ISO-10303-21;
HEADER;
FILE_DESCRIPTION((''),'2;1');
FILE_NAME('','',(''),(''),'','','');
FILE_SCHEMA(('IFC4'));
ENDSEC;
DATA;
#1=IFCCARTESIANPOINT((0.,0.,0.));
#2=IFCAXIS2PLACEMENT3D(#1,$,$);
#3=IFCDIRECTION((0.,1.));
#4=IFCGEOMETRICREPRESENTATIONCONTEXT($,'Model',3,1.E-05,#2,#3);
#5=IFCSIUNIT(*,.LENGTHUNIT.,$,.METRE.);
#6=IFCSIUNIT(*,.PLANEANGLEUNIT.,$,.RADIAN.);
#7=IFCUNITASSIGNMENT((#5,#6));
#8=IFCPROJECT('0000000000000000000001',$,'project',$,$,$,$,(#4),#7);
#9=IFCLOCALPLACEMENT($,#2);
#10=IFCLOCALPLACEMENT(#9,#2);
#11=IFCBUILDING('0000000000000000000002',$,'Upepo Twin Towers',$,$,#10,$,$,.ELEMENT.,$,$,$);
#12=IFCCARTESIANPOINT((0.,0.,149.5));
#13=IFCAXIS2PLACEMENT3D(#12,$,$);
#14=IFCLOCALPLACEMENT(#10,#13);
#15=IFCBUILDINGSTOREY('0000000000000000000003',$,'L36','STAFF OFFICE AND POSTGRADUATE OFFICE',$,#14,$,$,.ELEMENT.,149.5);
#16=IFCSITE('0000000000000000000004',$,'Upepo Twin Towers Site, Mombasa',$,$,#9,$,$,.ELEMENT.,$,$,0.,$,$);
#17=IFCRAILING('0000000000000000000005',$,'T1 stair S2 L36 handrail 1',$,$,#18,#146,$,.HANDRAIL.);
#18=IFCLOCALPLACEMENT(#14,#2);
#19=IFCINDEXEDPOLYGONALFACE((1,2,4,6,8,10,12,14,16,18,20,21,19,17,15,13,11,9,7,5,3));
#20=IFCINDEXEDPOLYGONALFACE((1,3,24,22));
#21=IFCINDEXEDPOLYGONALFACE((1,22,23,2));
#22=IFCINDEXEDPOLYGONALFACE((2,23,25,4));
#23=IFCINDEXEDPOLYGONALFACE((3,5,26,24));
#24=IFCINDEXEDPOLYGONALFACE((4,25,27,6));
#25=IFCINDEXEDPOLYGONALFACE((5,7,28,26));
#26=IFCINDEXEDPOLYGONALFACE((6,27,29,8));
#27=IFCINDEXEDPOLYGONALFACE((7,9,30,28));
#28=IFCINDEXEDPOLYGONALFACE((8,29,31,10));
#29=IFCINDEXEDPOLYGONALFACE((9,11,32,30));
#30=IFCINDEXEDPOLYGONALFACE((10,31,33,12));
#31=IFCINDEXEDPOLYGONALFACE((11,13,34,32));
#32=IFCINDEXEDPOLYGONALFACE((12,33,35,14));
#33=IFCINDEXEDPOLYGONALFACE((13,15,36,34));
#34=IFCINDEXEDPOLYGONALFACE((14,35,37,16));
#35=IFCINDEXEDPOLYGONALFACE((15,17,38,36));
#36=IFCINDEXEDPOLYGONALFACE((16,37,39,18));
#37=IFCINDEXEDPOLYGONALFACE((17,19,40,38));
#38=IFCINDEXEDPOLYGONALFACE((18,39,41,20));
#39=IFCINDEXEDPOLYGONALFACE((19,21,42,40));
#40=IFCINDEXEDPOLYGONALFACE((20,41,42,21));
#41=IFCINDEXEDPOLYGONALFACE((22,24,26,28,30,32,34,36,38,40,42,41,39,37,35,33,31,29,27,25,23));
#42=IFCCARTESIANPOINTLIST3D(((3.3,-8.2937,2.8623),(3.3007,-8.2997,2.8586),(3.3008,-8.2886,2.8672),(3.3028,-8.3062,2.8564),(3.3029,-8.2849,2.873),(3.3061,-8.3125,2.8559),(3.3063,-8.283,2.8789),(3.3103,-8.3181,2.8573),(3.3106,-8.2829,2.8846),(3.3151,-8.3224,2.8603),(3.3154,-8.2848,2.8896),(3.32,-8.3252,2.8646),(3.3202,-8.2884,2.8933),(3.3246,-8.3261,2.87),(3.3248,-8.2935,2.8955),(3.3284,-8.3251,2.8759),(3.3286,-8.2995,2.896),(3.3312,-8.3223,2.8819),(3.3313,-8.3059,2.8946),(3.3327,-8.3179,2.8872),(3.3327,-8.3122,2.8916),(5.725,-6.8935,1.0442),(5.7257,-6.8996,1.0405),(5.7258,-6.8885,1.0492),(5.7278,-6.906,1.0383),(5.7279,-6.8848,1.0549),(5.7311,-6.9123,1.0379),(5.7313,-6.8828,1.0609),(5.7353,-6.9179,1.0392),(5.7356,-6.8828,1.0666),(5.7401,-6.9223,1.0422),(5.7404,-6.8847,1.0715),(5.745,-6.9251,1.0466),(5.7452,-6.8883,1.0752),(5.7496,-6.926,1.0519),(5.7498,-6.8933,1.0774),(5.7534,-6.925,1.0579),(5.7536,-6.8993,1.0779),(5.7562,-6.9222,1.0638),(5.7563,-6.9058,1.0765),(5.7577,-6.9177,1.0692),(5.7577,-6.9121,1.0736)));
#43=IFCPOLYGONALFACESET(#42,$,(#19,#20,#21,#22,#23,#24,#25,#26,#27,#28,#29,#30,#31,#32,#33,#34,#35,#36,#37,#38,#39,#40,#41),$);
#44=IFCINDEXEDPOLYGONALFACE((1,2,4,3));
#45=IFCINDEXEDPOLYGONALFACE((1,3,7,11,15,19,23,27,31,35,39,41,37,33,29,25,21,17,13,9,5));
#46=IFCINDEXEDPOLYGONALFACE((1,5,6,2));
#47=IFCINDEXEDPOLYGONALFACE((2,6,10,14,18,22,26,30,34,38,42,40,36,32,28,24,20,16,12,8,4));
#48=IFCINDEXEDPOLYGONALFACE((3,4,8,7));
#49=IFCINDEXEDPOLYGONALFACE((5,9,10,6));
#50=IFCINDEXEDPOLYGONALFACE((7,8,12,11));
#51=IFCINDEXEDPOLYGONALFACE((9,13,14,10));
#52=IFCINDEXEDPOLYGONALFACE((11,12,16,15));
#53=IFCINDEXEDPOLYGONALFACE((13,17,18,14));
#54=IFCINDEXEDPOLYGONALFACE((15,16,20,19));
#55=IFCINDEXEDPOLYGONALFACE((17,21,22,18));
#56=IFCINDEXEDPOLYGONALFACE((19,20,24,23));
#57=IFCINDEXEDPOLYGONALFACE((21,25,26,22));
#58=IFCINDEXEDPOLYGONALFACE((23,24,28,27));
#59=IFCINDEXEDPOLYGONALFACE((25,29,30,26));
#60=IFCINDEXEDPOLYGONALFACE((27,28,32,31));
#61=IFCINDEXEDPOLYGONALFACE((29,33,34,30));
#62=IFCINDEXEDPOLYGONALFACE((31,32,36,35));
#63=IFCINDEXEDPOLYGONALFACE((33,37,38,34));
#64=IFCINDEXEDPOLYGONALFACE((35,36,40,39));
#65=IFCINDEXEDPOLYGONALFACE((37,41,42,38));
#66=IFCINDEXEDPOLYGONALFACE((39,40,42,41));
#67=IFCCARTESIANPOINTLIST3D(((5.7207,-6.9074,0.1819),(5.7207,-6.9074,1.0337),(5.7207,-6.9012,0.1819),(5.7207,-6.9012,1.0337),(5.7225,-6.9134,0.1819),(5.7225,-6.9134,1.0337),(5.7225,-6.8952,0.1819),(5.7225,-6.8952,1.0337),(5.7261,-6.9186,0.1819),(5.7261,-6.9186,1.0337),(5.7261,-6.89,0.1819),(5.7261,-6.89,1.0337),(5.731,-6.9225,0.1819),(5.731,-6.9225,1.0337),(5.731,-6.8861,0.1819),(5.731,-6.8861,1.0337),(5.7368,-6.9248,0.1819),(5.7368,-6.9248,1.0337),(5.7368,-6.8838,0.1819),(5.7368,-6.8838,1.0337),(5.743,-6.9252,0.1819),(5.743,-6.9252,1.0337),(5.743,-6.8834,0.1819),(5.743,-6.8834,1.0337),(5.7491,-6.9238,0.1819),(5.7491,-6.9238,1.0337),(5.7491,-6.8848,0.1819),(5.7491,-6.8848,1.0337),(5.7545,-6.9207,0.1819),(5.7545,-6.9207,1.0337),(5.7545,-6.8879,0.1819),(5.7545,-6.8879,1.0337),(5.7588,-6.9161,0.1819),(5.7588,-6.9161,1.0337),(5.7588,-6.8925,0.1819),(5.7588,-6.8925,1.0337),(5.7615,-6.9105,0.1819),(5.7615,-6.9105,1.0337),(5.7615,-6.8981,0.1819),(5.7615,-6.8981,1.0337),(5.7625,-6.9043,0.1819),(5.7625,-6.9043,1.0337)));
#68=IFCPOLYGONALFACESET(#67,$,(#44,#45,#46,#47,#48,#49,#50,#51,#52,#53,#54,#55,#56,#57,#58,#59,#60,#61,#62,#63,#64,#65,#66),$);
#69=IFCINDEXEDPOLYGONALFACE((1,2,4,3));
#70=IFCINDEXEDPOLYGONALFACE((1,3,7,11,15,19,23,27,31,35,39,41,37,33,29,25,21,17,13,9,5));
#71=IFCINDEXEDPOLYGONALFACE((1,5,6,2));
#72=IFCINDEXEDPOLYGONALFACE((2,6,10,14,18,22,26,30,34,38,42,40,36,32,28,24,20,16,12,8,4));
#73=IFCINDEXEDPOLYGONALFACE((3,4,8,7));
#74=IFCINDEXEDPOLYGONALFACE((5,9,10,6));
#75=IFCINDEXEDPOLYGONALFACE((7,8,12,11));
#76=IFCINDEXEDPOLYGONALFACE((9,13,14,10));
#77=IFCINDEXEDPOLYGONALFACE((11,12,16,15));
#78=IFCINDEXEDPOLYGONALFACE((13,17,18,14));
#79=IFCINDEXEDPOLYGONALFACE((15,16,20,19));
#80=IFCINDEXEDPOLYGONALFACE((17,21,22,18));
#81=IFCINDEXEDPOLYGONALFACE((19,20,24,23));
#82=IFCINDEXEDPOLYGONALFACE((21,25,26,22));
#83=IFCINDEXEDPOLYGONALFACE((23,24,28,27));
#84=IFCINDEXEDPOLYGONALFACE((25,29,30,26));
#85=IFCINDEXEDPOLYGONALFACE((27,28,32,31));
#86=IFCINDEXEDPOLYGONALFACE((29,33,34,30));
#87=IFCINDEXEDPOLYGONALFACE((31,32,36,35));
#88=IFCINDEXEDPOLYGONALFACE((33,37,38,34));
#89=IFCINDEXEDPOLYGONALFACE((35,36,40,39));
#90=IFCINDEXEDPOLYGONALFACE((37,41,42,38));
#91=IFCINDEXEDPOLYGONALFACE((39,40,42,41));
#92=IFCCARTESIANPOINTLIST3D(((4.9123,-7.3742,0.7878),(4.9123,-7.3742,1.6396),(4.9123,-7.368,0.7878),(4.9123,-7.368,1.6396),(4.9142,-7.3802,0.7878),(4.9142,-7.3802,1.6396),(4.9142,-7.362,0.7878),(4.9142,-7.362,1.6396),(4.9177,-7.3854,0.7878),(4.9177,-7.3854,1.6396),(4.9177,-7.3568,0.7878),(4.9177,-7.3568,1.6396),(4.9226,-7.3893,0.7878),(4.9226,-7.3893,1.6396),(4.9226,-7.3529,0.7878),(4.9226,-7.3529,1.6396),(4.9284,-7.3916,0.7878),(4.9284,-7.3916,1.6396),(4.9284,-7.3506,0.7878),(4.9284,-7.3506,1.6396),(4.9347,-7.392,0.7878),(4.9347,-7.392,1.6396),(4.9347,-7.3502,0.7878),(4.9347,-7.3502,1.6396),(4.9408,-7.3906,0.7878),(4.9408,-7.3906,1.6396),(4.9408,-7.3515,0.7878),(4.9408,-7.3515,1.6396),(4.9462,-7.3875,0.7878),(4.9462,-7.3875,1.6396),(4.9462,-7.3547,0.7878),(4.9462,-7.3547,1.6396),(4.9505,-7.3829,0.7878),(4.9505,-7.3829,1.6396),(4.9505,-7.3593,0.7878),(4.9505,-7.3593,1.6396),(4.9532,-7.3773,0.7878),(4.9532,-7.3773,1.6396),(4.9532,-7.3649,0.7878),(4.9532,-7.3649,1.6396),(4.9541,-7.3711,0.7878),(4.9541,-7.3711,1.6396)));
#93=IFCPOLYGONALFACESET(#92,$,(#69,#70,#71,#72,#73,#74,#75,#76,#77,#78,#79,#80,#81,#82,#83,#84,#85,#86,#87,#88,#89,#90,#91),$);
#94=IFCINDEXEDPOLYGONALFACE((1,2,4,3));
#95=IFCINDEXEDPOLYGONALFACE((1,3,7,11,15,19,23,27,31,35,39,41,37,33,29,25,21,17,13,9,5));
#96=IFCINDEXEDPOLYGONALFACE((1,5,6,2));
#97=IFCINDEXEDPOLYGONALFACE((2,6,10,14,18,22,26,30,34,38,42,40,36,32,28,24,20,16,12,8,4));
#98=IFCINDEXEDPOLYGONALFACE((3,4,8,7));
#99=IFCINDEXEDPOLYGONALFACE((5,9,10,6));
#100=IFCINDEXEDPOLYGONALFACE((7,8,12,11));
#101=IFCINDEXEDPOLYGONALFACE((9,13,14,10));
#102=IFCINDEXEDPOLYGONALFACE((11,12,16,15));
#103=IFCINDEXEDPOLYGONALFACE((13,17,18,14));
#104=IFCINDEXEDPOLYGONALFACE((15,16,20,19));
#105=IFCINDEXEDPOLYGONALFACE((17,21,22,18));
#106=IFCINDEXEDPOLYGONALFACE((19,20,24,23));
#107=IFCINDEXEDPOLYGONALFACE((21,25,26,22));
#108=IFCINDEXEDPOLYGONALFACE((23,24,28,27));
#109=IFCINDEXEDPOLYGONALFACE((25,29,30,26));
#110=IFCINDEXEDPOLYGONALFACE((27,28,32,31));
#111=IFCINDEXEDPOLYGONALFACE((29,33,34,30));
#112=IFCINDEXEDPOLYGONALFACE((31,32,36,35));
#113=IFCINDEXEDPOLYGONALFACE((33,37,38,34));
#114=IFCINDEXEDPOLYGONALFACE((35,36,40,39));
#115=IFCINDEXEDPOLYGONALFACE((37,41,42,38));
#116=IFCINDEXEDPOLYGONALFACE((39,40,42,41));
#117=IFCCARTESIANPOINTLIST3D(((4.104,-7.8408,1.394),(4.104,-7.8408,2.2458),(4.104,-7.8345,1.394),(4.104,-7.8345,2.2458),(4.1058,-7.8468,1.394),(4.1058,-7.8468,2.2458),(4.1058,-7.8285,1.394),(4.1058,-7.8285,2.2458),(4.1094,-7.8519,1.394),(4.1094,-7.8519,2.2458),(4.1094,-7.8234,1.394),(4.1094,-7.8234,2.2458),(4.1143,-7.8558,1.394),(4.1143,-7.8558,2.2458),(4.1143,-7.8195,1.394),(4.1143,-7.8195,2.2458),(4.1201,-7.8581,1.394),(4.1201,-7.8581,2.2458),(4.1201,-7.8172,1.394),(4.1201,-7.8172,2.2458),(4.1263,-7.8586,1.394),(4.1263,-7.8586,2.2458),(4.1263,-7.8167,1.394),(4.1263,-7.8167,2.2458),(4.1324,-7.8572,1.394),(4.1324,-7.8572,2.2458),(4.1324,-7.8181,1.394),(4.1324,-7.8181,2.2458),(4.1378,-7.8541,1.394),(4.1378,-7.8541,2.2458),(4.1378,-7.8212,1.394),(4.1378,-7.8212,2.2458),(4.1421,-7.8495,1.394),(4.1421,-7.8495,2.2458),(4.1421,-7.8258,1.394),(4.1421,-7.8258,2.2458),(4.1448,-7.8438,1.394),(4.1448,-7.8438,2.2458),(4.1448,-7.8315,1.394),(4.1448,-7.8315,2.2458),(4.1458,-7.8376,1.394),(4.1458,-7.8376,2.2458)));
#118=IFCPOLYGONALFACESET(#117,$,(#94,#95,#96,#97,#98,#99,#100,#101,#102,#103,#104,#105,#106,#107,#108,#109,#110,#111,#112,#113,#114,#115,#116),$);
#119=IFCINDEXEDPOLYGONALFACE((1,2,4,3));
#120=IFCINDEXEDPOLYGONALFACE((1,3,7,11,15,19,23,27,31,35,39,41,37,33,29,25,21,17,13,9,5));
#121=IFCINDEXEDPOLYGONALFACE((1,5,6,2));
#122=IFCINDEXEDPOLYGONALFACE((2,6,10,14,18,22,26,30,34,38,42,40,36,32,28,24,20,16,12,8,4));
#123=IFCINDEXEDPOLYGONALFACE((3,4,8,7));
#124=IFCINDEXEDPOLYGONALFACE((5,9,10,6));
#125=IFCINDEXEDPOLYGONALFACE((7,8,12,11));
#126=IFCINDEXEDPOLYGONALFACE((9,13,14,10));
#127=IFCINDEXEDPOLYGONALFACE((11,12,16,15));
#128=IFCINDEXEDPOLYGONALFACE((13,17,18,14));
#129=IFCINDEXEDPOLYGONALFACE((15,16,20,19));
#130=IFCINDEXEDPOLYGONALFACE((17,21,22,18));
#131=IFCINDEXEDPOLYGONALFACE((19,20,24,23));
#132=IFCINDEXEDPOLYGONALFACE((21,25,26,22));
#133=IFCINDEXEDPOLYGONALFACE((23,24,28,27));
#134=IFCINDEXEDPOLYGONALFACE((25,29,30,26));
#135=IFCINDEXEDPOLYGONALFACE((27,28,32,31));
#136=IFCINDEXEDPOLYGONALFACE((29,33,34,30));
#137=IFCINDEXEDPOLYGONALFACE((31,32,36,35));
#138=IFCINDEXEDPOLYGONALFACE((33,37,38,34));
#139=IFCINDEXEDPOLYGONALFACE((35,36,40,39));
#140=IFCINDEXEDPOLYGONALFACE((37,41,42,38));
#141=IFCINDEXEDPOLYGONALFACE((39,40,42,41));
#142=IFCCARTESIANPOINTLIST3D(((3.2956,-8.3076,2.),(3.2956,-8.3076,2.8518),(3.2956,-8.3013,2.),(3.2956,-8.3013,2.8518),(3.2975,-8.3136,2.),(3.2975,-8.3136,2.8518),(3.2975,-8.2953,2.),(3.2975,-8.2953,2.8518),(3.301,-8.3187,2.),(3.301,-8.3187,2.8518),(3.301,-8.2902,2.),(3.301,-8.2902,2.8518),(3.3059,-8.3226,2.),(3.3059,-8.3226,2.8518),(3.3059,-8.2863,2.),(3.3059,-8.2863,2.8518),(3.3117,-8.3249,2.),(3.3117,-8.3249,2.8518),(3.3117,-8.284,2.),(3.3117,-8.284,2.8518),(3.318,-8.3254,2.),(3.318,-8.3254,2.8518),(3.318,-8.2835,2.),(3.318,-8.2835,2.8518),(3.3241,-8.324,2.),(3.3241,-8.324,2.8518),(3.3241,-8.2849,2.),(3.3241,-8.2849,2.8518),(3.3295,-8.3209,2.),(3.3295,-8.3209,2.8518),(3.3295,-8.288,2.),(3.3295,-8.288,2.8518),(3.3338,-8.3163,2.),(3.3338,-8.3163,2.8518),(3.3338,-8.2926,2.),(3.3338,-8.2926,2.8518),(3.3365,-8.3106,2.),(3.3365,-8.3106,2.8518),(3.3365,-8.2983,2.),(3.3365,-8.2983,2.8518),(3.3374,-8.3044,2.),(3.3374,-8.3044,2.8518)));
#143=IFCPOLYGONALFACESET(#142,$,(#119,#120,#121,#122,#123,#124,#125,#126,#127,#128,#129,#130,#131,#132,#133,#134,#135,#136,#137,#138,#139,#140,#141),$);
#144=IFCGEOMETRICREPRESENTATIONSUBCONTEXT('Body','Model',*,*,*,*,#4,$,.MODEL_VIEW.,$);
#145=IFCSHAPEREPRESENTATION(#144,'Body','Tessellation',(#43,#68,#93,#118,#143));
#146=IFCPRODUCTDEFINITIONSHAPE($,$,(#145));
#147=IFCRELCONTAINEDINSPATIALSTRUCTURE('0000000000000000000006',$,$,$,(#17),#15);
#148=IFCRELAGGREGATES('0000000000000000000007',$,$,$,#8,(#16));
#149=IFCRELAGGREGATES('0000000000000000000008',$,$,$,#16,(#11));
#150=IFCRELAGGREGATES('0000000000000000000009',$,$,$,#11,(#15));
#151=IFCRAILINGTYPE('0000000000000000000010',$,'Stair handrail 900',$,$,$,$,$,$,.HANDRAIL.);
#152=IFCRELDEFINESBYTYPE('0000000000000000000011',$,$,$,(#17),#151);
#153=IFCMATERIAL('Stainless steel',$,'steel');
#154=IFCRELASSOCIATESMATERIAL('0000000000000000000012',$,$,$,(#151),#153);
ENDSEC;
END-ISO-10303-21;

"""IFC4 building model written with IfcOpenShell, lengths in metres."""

from ifc_helpers import new_model, si_unit, direction, frame, origin, origin_2d, place, context, subcontext, project, spatial, circle, extrude, material, type_object, element, save


model = new_model("IFC4")

# Units and contexts
model_context = context("Model", 3, precision=1e-05, world=origin(), true_north=direction((0.0, 1.0)))
body_context = subcontext(model_context, "Body", "Model", "MODEL_VIEW")
ifc_project = project(units=[si_unit("LENGTHUNIT", "METRE"), si_unit("PLANEANGLEUNIT", "RADIAN")], contexts=[model_context])

# Site, building, storey
site_placement = place(None, origin())
site = spatial("IfcSite", under=ifc_project, at=site_placement, Name="Upepo Twin Towers Site, Mombasa", CompositionType="ELEMENT", RefElevation=0.0)
building_placement = place(site_placement, origin())
building = spatial("IfcBuilding", under=site, at=building_placement, Name="Upepo Twin Towers", CompositionType="ELEMENT")
storey_placement = place(building_placement, frame((0.0, 0.0, 149.5)))
storey = spatial("IfcBuildingStorey", under=building, at=storey_placement, Name="L36", Description="STAFF OFFICE AND POSTGRADUATE OFFICE", CompositionType="ELEMENT", Elevation=149.5)

# Railing
ifc_material_1 = material(Name="Stainless steel", Category="steel")
railing_type = type_object("IfcRailingType", Name="Stair handrail 900", PredefinedType="HANDRAIL", material=ifc_material_1)
railing_placement = place(storey_placement, frame((5.7415, -6.9043, 0.1819)))
element("IfcRailing", 1, at=railing_placement, inside=storey, type_object=railing_type, Name="T1 stair S2 L36 handrail 1", PredefinedType="HANDRAIL", context=body_context, shape_type="SweptSolid", body=[
    extrude(circle(Radius=0.0239, at=origin_2d()), frame((0.0, 0.0, 0.876), z_axis=(-0.726349, -0.419371, 0.54456), x_axis=(0.500012, -0.866019, 0.0)), (0.0, 0.0, 1.0), 3.3386),
    extrude(circle(Radius=0.021, at=origin_2d()), origin(), (0.0, 0.0, 1.0), 0.8518),
    extrude(circle(Radius=0.021, at=origin_2d()), frame((-0.8083, -0.4668, 0.606)), (0.0, 0.0, 1.0), 0.8518),
    extrude(circle(Radius=0.021, at=origin_2d()), frame((-1.6167, -0.9333, 1.2122)), (0.0, 0.0, 1.0), 0.8518),
    extrude(circle(Radius=0.021, at=origin_2d()), frame((-2.425, -1.4001, 1.8181)), (0.0, 0.0, 1.0), 0.8518),
])

save(model, "model.ifc")
